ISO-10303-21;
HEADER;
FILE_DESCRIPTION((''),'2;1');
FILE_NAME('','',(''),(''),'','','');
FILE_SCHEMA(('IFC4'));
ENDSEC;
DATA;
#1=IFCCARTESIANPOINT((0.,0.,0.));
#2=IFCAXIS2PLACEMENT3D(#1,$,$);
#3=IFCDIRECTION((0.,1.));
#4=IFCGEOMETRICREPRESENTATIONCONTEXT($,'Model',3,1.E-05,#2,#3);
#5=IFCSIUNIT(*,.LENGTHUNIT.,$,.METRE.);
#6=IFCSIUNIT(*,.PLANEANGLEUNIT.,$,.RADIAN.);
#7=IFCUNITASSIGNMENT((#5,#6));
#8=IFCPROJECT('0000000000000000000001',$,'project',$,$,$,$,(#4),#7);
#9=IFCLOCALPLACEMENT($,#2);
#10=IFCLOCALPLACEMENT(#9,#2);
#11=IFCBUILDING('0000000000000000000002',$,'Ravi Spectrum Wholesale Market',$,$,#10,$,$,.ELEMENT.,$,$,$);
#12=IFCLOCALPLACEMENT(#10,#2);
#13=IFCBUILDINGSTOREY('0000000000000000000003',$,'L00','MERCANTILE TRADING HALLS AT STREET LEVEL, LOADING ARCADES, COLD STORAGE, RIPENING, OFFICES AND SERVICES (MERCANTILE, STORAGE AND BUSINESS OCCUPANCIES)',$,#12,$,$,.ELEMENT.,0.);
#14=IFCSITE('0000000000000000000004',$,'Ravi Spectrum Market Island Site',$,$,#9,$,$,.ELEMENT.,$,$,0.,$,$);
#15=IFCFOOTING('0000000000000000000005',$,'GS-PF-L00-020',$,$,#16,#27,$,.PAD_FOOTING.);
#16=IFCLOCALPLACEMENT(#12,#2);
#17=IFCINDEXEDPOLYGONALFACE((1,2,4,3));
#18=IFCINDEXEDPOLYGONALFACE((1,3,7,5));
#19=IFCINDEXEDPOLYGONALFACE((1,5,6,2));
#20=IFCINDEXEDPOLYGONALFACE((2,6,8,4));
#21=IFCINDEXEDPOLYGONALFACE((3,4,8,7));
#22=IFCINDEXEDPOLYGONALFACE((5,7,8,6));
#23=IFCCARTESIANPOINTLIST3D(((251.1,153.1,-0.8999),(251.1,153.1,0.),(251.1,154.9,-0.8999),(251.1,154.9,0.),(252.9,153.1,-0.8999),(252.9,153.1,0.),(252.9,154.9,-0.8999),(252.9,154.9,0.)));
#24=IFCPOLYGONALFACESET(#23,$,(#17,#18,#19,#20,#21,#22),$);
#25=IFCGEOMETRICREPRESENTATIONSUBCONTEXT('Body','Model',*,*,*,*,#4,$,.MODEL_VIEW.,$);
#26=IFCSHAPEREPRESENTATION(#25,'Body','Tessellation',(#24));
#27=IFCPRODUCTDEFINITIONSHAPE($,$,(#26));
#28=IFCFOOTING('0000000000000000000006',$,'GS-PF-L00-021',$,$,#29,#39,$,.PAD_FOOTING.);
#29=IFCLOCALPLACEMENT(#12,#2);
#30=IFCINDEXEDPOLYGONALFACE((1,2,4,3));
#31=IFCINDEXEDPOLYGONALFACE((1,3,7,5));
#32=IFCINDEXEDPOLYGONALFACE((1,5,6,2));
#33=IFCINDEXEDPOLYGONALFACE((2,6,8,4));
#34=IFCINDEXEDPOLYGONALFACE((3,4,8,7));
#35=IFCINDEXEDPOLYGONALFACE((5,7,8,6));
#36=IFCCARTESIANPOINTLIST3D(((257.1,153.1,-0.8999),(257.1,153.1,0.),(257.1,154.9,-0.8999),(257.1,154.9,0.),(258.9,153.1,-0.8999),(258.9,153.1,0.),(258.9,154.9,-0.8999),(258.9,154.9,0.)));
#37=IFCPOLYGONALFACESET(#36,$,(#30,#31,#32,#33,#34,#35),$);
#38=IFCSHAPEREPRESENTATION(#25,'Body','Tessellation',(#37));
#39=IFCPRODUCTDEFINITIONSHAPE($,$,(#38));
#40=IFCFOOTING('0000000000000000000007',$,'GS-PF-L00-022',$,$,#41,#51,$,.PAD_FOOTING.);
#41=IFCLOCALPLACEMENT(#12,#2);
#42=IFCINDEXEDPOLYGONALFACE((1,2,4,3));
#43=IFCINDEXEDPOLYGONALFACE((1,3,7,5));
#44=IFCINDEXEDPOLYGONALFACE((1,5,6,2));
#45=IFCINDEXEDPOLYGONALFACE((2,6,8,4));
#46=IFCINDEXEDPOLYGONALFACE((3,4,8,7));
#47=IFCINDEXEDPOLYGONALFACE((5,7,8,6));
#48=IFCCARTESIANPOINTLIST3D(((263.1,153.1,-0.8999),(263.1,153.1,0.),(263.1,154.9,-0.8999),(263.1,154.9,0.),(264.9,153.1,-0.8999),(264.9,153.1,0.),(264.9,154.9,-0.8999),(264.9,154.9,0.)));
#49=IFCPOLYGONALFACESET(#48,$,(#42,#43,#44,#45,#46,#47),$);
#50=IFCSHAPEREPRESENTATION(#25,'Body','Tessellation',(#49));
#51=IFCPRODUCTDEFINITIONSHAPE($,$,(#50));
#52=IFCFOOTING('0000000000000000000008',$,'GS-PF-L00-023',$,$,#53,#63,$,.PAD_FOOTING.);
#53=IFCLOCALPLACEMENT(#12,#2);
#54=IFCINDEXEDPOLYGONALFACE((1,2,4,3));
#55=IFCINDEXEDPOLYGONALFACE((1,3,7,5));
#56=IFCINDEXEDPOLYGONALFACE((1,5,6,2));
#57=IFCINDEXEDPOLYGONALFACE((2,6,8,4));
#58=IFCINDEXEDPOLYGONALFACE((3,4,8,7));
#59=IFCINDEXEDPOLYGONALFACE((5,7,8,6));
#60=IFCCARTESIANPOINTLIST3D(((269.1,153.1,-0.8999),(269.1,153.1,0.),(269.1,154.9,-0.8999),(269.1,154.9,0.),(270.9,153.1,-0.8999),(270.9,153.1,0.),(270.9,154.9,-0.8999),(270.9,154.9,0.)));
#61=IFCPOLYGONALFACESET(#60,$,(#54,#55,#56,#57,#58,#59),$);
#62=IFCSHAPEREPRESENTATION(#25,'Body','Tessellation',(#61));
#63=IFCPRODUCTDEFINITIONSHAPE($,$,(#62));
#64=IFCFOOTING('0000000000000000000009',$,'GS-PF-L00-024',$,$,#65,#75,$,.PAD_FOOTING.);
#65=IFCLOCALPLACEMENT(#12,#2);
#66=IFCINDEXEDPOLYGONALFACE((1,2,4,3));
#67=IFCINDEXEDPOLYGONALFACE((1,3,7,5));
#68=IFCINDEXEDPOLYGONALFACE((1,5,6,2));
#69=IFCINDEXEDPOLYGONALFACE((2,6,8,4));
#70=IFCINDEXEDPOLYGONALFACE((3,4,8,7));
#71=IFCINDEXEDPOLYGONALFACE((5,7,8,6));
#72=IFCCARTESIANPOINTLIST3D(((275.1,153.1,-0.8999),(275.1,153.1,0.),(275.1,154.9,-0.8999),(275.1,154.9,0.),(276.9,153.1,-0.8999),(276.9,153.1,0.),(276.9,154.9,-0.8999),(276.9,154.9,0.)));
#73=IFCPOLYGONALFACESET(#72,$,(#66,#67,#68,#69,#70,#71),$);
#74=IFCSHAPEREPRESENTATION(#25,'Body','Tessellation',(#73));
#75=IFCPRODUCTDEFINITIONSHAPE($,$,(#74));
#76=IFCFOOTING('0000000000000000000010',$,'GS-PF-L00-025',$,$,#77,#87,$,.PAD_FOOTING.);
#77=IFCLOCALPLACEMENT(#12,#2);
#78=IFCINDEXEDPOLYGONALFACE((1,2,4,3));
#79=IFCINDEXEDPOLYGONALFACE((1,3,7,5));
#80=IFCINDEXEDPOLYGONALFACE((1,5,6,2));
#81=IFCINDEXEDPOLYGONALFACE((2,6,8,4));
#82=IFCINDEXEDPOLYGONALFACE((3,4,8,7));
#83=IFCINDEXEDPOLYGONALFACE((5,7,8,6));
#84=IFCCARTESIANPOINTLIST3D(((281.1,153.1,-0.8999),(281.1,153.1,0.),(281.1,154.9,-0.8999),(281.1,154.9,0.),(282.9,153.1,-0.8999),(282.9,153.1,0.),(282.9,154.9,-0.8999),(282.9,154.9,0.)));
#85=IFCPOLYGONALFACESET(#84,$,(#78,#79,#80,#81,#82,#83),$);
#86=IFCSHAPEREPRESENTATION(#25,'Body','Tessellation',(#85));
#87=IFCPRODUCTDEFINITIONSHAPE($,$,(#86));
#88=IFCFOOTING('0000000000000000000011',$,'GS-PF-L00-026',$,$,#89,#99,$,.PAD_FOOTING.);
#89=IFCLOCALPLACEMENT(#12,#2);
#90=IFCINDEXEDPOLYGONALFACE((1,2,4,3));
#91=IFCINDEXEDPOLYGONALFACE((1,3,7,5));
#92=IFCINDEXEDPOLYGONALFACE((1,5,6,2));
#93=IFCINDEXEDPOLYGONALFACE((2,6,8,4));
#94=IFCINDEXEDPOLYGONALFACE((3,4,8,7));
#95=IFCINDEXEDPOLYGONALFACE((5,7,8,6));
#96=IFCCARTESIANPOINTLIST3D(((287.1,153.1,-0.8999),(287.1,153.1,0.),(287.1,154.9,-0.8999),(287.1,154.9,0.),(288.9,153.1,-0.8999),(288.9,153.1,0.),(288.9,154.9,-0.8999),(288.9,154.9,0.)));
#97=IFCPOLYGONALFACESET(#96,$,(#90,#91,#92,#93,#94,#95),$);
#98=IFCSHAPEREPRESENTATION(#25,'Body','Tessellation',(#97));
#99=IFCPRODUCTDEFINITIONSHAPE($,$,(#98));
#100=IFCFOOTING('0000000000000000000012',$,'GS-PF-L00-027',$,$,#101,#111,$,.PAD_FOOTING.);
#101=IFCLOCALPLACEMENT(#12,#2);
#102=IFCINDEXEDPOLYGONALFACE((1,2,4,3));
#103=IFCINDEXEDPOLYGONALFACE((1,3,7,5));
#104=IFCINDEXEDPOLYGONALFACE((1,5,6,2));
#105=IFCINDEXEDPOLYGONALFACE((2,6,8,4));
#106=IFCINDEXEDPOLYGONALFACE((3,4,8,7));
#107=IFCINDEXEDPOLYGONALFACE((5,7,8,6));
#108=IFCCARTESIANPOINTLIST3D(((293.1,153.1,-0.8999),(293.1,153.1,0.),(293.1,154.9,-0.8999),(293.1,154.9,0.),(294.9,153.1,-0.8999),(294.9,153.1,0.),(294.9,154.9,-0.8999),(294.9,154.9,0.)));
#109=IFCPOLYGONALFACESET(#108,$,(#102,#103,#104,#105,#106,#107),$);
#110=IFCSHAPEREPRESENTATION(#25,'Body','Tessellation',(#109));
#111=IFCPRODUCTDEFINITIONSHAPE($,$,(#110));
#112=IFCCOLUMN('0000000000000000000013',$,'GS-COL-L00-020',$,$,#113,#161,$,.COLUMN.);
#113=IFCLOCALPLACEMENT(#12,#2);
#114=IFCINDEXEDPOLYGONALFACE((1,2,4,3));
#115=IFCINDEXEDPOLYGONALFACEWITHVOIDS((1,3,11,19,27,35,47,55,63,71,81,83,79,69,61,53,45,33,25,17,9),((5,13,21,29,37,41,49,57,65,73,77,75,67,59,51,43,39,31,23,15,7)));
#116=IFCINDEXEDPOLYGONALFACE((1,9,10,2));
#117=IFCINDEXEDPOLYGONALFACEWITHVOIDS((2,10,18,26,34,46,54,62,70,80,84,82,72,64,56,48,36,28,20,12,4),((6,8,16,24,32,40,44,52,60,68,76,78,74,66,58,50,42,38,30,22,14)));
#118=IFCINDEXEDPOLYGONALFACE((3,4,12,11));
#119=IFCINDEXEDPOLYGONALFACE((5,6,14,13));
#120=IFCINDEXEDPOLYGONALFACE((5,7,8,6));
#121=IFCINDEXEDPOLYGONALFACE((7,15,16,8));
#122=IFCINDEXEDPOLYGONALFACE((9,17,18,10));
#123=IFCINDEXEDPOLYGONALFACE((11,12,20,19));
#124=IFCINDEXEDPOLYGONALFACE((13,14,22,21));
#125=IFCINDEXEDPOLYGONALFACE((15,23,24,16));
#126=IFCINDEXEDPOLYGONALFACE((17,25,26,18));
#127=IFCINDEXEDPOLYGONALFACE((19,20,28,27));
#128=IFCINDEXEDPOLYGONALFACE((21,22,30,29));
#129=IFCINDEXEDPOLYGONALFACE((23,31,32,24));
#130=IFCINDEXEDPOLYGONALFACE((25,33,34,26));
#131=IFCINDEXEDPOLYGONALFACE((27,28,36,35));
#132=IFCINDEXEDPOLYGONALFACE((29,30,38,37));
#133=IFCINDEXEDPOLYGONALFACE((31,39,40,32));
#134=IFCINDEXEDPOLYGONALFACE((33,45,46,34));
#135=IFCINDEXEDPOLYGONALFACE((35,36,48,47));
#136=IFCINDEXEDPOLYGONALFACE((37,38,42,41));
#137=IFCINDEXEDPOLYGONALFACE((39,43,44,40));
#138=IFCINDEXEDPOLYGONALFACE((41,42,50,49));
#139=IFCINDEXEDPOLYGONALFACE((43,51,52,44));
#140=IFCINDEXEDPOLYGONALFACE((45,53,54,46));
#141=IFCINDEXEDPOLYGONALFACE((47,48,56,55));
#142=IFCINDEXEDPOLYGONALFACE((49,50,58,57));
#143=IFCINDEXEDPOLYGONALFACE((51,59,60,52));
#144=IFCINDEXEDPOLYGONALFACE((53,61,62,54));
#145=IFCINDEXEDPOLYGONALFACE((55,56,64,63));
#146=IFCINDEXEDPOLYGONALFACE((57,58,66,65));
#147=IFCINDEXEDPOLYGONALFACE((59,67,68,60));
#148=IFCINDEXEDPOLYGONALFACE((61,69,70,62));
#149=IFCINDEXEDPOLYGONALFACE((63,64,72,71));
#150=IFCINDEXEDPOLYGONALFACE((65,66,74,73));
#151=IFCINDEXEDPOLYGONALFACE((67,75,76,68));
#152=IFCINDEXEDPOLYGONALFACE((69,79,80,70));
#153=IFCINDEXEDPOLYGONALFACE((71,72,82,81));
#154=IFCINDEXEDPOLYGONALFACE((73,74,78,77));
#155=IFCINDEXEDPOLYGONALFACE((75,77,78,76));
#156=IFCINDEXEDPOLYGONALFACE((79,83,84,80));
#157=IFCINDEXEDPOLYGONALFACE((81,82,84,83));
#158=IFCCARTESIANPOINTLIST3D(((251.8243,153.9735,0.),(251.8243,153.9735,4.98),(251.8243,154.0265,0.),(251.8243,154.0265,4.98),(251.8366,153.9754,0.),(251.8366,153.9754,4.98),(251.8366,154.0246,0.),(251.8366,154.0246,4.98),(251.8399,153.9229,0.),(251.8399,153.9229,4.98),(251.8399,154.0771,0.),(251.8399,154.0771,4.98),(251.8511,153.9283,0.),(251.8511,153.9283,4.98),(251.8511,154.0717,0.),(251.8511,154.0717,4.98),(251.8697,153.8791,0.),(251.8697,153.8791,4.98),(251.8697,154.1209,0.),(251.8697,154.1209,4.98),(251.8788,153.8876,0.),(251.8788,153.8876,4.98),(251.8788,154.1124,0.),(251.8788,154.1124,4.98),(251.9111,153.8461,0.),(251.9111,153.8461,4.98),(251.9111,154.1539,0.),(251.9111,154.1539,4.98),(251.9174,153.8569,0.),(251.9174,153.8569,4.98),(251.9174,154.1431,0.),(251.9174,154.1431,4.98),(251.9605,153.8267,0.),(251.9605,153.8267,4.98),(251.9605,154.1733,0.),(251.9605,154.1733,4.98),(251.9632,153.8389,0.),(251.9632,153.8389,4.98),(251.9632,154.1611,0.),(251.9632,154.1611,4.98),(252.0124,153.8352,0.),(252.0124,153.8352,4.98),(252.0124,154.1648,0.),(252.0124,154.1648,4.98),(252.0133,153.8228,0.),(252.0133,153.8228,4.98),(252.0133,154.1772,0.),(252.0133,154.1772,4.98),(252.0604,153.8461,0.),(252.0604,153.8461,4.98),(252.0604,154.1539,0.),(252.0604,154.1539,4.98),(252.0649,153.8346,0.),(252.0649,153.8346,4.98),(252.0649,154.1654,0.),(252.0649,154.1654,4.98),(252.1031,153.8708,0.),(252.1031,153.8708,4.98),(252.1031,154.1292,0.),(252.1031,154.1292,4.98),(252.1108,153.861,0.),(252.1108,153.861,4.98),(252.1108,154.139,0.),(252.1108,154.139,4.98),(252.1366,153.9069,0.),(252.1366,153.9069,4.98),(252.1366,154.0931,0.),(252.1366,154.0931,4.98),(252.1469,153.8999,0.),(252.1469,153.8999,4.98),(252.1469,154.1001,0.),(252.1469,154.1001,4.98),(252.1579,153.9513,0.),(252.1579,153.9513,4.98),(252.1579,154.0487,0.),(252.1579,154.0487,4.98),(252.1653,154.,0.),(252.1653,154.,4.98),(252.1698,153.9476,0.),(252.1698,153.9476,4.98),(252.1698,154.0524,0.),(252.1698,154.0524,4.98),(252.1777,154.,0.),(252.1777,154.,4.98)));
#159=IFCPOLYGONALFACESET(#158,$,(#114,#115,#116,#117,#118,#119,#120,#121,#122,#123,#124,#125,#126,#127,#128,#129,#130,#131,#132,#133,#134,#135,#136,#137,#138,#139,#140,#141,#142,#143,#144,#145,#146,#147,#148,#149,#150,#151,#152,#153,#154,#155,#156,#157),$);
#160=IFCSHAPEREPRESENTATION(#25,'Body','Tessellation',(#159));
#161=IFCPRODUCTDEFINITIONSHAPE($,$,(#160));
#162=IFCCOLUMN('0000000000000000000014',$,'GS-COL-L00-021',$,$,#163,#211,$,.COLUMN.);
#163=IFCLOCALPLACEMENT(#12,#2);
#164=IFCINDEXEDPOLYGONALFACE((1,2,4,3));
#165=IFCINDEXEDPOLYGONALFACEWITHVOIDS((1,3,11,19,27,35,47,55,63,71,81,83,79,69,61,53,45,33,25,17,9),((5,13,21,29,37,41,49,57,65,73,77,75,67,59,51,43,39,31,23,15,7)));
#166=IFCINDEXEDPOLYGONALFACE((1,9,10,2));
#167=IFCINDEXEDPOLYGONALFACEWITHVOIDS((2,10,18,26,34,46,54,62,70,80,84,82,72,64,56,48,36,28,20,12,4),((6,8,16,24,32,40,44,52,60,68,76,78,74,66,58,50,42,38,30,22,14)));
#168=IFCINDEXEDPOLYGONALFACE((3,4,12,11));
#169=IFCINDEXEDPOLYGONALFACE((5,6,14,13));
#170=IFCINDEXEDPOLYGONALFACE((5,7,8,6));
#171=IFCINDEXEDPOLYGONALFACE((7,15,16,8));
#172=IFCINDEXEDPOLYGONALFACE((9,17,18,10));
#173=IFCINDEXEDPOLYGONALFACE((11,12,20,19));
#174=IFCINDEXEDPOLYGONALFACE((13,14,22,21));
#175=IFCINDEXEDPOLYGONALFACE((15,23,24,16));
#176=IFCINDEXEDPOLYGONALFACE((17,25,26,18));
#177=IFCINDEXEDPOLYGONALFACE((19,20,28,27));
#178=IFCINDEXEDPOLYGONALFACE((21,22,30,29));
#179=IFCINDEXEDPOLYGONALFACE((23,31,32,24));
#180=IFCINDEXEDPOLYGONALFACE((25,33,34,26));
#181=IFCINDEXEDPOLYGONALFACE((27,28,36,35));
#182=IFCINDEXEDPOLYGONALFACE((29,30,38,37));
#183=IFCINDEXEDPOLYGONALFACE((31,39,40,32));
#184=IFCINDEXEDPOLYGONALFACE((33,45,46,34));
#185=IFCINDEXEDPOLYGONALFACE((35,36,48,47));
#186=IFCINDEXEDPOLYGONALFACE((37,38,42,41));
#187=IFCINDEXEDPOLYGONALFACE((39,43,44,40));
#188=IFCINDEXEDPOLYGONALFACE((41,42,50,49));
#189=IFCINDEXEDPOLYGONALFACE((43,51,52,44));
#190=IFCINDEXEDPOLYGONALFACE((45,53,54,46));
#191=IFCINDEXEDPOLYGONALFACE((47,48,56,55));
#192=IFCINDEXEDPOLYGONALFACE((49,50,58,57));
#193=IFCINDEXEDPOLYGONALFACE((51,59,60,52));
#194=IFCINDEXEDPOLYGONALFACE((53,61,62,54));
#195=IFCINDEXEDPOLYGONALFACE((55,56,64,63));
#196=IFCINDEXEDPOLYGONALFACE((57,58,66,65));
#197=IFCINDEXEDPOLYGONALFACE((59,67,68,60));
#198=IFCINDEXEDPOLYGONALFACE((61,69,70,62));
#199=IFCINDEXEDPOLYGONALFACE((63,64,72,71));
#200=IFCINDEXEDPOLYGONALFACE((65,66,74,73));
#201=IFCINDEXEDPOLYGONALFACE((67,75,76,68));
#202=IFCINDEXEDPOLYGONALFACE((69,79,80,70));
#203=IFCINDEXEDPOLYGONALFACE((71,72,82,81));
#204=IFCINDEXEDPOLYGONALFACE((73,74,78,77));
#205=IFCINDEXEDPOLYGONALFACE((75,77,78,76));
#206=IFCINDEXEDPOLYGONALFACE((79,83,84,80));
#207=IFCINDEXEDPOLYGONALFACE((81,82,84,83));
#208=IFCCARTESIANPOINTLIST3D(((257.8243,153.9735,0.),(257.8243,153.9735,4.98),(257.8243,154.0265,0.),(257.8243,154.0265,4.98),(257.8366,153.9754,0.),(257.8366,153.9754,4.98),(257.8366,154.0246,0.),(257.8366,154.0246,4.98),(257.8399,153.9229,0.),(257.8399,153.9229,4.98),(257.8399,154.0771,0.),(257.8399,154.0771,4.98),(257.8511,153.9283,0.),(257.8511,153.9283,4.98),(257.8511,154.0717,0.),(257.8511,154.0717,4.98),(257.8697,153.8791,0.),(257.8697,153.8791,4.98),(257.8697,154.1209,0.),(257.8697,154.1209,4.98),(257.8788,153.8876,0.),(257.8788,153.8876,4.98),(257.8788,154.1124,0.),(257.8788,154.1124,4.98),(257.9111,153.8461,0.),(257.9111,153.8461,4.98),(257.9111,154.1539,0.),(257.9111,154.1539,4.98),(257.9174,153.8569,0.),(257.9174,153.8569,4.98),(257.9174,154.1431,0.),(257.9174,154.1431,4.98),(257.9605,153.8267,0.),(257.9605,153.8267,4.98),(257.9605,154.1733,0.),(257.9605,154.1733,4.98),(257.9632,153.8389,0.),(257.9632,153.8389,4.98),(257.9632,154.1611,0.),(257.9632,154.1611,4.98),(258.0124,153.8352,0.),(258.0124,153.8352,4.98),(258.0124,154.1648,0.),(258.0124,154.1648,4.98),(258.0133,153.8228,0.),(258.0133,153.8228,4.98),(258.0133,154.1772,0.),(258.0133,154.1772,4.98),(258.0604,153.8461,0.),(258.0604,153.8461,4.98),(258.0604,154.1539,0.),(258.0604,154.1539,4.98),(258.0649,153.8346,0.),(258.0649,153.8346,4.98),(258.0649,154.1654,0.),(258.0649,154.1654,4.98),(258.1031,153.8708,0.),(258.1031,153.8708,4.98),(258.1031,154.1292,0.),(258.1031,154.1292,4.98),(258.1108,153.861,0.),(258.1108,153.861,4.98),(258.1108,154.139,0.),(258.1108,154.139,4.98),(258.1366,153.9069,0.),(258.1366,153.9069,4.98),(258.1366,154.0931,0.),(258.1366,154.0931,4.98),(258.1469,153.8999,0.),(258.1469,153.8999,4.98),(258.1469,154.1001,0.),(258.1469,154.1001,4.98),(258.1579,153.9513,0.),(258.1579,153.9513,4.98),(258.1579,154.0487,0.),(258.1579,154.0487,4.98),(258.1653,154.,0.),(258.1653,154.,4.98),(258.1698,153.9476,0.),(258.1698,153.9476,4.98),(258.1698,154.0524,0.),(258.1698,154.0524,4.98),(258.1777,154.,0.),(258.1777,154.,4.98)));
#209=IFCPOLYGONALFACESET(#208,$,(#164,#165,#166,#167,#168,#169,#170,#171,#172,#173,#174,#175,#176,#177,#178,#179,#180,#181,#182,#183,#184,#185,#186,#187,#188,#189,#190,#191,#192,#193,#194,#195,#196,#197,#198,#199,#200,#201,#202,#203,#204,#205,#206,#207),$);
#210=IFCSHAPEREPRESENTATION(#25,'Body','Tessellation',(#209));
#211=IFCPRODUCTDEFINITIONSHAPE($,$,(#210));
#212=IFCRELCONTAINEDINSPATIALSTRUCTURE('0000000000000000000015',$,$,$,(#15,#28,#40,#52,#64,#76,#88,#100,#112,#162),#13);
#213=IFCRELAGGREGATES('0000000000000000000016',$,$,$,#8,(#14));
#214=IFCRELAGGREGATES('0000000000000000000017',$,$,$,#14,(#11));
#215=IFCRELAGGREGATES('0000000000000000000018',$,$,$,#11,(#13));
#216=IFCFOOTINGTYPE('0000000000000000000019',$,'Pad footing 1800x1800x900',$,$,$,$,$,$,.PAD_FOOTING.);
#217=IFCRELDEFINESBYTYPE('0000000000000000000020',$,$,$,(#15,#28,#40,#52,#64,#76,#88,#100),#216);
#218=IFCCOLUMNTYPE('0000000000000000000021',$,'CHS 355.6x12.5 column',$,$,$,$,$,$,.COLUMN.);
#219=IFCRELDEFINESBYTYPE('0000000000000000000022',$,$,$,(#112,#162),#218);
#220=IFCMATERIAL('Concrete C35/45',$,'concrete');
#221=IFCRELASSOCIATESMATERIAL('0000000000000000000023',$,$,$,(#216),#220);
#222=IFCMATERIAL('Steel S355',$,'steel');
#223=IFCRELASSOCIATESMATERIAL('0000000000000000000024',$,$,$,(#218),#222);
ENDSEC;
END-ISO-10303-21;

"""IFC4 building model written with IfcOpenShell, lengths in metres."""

from ifc_helpers import new_model, si_unit, direction, frame, origin, origin_2d, place, context, subcontext, project, spatial, rectangle, hollow_circle, extrude, material, material_profile, profile_set, type_object, element, save


model = new_model("IFC4")

# Units and contexts
model_context = context("Model", 3, precision=1e-05, world=origin(), true_north=direction((0.0, 1.0)))
body_context = subcontext(model_context, "Body", "Model", "MODEL_VIEW")
ifc_project = project(units=[si_unit("LENGTHUNIT", "METRE"), si_unit("PLANEANGLEUNIT", "RADIAN")], contexts=[model_context])

# Site, building, storey
site_placement = place(None, origin())
site = spatial("IfcSite", under=ifc_project, at=site_placement, Name="Ravi Spectrum Market Island Site", CompositionType="ELEMENT", RefElevation=0.0)
building_placement = place(site_placement, origin())
building = spatial("IfcBuilding", under=site, at=building_placement, Name="Ravi Spectrum Wholesale Market", CompositionType="ELEMENT")
storey_placement = place(building_placement, origin())
storey = spatial("IfcBuildingStorey", under=building, at=storey_placement, Name="L00", Description="MERCANTILE TRADING HALLS AT STREET LEVEL, LOADING ARCADES, COLD STORAGE, RIPENING, OFFICES AND SERVICES (MERCANTILE, STORAGE AND BUSINESS OCCUPANCIES)", CompositionType="ELEMENT", Elevation=0.0)

# Footings
ifc_material_1 = material(Name="Concrete C35/45", Category="concrete")
footing_type = type_object("IfcFootingType", Name="Pad footing 1800x1800x900", PredefinedType="PAD_FOOTING", material=ifc_material_1)
for number, where, z_axis, x_axis, name in (
    (1, (252.0, 154.0, -0.8999), (0.0, 0.0, 1.0), (1.0, 0.0, 0.0), "GS-PF-L00-020"),
    (2, (258.0, 154.0, -0.8999), (0.0, 0.0, 1.0), (1.0, 0.0, 0.0), "GS-PF-L00-021"),
    (3, (264.0, 154.0, -0.8999), (0.0, 0.0, 1.0), (1.0, 0.0, 0.0), "GS-PF-L00-022"),
    (4, (270.0, 154.0, -0.8999), (0.0, 0.0, 1.0), (1.0, 0.0, 0.0), "GS-PF-L00-023"),
    (5, (276.0, 154.0, -0.8999), (0.0, 0.0, 1.0), (1.0, 0.0, 0.0), "GS-PF-L00-024"),
    (6, (282.0, 154.0, -0.8999), (0.0, 0.0, 1.0), (1.0, 0.0, 0.0), "GS-PF-L00-025"),
    (7, (288.0, 154.0, -0.8999), (0.0, 0.0, 1.0), (1.0, 0.0, 0.0), "GS-PF-L00-026"),
    (8, (294.0, 154.0, -0.8999), (0.0, 0.0, 1.0), (1.0, 0.0, 0.0), "GS-PF-L00-027"),
):
    element("IfcFooting", number, at=place(storey_placement, frame(where, z_axis=z_axis, x_axis=x_axis)), inside=storey, type_object=footing_type, Name=name, PredefinedType="PAD_FOOTING", context=body_context, shape_type="SweptSolid", body=[
        extrude(rectangle(XDim=1.8, YDim=1.8, at=origin_2d()), origin(), (0.0, 0.0, 1.0), 0.8999),
    ])

# Columns
ifc_material_2 = material(Name="Steel S355", Category="steel")
ifc_material_profile_1 = material_profile(ifc_material_2, hollow_circle(Radius=0.1777, WallThickness=0.0125, at=origin_2d()))
ifc_profile_set_1 = profile_set([ifc_material_profile_1], Name="Steel S355")
column_type = type_object("IfcColumnType", Name="CHS 355.6x12.5 column", PredefinedType="COLUMN", material=ifc_profile_set_1)
for number, where, z_axis, x_axis, name in (
    (9, (252.0, 154.0, 0.0), (0.0, 0.0, 1.0), (1.0, 0.0, 0.0), "GS-COL-L00-020"),
    (10, (258.0, 154.0, 0.0), (0.0, 0.0, 1.0), (1.0, 0.0, 0.0), "GS-COL-L00-021"),
):
    element("IfcColumn", number, at=place(storey_placement, frame(where, z_axis=z_axis, x_axis=x_axis)), inside=storey, type_object=column_type, Name=name, PredefinedType="COLUMN", context=body_context, shape_type="SweptSolid", body=[
        extrude(hollow_circle(Radius=0.1777, WallThickness=0.0125, at=origin_2d()), origin(), (0.0, 0.0, 1.0), 4.98),
    ])

save(model, "model.ifc")
